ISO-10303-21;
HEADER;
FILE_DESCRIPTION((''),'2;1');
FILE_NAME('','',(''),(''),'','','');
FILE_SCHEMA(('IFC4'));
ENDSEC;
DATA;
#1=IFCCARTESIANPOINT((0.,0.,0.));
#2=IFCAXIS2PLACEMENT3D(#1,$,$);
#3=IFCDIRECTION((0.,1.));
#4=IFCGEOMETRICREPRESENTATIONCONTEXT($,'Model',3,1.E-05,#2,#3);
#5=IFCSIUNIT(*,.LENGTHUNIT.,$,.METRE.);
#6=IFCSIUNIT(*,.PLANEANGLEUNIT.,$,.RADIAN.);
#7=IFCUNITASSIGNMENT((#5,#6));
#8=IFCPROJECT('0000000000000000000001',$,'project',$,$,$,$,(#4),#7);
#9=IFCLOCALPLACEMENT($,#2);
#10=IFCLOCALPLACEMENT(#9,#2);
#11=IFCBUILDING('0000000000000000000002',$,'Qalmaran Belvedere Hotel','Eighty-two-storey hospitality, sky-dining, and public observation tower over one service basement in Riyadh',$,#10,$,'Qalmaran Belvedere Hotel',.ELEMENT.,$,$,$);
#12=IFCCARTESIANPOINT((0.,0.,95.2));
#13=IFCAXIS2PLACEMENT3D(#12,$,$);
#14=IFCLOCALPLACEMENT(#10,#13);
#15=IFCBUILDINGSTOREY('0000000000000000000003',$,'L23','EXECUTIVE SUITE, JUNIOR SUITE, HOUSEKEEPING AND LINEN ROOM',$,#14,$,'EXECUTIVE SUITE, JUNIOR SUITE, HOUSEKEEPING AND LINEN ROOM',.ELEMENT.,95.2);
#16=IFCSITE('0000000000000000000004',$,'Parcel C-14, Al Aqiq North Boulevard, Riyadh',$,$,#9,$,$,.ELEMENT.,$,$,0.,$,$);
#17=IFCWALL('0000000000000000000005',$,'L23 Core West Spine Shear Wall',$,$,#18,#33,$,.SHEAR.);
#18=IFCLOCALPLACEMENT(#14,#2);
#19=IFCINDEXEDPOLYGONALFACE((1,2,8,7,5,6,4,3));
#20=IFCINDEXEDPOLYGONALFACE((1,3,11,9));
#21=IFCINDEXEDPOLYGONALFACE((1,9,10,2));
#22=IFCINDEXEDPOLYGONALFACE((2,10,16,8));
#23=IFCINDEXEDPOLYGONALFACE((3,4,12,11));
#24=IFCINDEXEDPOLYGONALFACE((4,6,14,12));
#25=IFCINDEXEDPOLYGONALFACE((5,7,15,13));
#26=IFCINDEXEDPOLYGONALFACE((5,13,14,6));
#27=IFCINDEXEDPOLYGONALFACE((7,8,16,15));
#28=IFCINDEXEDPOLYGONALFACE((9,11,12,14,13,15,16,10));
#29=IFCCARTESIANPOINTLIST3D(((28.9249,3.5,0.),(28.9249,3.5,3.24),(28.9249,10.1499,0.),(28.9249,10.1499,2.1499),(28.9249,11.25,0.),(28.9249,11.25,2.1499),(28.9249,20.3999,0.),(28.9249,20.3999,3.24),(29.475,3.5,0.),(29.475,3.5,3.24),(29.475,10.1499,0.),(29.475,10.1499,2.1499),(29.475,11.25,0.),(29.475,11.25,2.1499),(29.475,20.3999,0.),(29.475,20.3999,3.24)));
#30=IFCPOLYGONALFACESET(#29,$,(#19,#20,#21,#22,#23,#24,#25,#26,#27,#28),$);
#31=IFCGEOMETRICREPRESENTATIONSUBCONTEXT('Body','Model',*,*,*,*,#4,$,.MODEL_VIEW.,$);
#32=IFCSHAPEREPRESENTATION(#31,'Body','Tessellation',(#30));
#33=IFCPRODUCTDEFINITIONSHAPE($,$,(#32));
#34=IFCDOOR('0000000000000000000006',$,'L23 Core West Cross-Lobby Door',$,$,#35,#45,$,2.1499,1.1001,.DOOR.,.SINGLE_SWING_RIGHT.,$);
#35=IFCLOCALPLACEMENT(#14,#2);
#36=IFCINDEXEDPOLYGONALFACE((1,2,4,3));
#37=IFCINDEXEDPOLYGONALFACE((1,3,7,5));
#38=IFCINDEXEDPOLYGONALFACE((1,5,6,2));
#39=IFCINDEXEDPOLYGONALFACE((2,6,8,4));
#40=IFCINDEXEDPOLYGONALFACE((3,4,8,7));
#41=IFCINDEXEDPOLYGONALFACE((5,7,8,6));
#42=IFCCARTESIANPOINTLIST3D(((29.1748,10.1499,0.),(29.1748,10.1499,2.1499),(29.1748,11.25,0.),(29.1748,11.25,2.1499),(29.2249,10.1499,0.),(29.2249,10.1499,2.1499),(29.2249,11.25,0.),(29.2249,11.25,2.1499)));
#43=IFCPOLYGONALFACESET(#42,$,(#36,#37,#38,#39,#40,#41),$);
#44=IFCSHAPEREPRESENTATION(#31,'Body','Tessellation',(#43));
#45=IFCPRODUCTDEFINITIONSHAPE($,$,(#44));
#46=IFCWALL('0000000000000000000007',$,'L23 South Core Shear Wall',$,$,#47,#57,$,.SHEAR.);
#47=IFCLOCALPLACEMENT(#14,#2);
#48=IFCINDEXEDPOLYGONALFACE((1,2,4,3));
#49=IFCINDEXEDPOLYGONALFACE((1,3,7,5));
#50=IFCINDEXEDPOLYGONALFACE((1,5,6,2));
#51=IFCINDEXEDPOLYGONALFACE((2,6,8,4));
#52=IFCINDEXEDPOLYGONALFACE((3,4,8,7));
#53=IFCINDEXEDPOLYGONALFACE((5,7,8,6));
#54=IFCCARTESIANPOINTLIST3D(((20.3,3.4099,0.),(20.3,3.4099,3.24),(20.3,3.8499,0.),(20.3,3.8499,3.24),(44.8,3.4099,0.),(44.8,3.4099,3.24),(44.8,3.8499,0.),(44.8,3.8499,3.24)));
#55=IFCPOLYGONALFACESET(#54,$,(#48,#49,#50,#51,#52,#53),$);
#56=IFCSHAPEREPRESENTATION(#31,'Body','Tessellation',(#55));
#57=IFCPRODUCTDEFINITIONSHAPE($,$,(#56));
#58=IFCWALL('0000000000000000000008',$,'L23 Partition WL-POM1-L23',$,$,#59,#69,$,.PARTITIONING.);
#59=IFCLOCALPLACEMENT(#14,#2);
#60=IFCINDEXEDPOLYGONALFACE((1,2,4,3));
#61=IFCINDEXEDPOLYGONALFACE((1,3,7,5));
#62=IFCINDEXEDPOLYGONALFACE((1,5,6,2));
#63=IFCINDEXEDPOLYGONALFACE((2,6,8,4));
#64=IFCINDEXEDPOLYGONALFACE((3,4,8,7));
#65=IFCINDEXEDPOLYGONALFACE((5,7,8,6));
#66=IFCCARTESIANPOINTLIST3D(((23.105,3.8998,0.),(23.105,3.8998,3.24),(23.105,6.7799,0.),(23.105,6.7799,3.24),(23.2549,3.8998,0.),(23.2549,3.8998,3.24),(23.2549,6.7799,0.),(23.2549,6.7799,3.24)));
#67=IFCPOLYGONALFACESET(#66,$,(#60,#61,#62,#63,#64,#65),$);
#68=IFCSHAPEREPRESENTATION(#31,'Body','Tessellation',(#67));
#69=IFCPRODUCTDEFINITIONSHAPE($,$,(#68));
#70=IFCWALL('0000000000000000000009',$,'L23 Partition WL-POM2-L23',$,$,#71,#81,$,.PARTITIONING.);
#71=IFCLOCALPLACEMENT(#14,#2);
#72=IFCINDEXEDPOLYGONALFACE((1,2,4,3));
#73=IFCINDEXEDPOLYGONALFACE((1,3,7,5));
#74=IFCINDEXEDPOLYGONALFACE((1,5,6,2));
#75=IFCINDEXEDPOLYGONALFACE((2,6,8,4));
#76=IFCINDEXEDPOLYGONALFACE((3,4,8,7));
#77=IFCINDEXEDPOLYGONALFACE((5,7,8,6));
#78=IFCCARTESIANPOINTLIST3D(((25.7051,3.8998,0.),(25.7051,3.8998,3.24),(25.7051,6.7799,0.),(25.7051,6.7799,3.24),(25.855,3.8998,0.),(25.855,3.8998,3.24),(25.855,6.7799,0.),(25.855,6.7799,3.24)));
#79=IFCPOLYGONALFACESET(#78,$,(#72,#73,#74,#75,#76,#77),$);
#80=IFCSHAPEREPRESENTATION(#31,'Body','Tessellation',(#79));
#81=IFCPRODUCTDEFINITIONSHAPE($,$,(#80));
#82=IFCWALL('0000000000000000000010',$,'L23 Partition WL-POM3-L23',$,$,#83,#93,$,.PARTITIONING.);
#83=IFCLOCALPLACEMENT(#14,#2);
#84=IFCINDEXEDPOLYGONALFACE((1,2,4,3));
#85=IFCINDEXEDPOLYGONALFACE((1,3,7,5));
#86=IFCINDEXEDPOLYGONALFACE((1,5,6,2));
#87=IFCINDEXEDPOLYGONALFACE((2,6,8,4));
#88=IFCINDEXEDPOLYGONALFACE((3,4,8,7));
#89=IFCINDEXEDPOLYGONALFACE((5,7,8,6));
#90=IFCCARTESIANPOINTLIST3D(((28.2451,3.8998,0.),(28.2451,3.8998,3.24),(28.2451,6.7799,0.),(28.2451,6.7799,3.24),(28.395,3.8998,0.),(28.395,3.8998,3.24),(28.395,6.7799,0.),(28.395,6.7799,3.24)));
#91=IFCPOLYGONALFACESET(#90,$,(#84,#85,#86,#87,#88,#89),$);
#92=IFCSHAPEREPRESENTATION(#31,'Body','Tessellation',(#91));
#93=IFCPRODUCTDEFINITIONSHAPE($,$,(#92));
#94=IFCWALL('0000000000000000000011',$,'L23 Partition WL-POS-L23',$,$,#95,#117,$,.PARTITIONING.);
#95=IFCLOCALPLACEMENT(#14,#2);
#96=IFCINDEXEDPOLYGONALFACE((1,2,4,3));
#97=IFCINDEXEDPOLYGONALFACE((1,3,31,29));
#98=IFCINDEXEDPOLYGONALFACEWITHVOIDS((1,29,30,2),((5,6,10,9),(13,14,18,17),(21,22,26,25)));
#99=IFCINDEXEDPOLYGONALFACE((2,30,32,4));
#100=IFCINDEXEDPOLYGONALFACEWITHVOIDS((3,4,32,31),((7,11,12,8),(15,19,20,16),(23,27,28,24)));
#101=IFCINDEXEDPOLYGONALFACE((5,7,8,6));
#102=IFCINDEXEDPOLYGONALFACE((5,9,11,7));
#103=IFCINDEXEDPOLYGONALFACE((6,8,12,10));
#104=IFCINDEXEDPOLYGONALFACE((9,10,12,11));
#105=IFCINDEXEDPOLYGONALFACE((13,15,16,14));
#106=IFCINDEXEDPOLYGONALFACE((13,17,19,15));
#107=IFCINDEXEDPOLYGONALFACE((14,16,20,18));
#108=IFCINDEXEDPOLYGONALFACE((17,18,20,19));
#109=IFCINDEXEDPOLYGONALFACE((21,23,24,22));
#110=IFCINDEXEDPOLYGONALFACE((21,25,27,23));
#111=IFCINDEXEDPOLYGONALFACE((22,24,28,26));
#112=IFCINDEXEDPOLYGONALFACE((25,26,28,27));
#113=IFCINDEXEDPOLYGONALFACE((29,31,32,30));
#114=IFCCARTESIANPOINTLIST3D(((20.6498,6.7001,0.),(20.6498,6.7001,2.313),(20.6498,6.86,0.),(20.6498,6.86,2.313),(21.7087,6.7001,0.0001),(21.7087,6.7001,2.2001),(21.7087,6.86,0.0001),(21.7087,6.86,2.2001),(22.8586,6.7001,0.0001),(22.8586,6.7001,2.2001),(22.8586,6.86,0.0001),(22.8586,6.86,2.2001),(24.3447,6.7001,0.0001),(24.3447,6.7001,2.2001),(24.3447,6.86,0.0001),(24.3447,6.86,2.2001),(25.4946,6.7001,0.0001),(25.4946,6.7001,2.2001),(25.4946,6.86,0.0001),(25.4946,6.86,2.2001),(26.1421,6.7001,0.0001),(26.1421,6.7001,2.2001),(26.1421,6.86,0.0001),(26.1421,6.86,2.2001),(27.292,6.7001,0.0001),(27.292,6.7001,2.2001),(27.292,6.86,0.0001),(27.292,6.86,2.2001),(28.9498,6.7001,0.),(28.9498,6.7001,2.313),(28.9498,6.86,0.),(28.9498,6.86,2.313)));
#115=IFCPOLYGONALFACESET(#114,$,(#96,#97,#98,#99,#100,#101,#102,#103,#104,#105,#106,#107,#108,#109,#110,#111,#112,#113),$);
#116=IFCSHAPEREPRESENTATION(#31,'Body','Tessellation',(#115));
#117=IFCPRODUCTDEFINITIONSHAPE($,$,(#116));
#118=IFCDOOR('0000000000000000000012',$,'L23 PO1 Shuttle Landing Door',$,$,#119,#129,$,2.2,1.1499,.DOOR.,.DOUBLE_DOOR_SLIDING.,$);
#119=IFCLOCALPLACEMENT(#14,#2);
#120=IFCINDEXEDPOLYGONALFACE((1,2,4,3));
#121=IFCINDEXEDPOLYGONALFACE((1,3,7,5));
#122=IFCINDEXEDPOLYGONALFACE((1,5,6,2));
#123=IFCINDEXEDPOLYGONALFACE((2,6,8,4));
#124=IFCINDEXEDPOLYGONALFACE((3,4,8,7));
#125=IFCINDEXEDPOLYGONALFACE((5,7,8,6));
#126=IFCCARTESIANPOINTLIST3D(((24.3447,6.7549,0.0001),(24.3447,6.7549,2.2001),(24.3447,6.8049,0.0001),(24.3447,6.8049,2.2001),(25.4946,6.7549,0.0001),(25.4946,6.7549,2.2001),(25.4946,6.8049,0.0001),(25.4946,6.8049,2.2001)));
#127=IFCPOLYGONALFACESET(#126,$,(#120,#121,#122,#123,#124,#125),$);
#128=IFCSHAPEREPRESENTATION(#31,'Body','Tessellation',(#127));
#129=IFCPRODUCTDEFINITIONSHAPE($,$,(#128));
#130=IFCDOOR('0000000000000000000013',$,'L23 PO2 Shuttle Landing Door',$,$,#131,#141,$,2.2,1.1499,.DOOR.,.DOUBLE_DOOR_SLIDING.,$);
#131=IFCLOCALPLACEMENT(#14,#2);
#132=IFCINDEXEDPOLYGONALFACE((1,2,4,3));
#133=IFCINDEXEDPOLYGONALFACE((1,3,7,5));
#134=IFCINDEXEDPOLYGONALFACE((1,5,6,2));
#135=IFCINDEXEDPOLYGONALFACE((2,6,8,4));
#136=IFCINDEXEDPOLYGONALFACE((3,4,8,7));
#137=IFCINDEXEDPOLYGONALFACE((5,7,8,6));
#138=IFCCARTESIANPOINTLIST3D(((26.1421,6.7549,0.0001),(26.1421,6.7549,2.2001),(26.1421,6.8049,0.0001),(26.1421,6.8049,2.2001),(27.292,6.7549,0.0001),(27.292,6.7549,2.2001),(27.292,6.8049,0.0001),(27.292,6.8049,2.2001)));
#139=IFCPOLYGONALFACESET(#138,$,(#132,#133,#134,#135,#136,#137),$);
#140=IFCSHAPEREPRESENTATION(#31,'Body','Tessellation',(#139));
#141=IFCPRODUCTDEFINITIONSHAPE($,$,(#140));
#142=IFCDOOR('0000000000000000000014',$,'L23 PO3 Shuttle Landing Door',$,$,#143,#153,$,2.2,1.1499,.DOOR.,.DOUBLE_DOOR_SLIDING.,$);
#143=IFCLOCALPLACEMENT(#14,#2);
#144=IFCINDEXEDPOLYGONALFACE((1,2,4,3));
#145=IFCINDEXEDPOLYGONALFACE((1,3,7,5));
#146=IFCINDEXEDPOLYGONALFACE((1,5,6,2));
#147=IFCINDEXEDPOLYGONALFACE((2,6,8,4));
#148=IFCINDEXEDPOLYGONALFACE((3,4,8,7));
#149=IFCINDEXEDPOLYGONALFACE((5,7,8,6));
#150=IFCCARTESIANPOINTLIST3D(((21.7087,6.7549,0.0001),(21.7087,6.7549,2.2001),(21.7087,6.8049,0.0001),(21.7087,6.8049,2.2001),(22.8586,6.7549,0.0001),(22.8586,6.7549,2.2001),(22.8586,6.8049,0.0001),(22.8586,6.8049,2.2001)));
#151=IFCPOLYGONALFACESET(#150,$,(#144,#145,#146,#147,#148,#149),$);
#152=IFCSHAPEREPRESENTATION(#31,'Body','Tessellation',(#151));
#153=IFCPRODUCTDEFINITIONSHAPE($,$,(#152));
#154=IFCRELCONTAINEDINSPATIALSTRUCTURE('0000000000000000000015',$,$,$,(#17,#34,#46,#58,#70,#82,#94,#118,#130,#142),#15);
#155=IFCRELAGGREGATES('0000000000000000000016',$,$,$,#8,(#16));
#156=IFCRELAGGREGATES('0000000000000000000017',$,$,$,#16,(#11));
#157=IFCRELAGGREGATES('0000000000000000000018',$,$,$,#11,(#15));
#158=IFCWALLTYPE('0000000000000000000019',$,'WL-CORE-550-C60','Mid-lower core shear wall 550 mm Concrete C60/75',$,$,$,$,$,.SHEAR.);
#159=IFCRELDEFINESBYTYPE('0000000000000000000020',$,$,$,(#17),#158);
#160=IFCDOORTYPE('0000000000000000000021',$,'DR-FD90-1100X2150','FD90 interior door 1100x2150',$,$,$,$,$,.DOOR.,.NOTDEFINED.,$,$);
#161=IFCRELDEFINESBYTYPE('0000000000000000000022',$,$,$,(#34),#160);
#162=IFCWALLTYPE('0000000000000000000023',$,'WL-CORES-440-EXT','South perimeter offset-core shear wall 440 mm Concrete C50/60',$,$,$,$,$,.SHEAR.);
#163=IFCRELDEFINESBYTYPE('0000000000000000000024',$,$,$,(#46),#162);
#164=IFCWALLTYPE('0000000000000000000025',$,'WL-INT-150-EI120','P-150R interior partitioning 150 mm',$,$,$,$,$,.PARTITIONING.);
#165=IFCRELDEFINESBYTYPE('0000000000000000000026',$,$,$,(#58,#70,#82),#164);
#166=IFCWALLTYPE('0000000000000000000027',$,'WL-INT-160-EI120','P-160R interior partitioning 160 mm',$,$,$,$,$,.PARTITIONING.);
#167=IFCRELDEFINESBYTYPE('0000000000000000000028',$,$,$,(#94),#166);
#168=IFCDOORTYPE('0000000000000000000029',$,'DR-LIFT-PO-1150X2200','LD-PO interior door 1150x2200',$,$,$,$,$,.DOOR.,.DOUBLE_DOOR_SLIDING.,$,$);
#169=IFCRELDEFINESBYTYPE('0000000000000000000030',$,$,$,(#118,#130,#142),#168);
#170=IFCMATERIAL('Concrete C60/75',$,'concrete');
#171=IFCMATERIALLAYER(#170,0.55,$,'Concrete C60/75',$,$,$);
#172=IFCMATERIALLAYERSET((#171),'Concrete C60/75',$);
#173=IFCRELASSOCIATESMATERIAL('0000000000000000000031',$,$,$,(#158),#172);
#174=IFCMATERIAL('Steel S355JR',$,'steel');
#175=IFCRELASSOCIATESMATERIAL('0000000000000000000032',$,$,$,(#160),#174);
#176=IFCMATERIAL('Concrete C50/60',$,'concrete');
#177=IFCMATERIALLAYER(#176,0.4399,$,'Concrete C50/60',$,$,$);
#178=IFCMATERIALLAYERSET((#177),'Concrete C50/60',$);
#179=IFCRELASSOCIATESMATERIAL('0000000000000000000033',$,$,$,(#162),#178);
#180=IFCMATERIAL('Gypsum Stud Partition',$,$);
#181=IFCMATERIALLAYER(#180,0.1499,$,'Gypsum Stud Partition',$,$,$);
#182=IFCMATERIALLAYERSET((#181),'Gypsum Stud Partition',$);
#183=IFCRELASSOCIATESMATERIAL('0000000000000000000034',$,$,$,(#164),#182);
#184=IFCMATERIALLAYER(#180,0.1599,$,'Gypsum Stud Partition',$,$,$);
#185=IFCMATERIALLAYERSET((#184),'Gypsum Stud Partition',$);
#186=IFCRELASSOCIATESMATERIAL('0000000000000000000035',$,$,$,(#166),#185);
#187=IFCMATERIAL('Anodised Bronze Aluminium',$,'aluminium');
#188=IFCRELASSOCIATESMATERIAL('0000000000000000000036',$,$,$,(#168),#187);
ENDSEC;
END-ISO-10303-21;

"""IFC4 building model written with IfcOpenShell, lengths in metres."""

from ifc_helpers import new_model, si_unit, direction, frame, frame_2d, origin, place, context, subcontext, project, spatial, rectangle, extrude, material, layer, layer_set, type_object, element, fill, save


model = new_model("IFC4")

# Units and contexts
model_context = context("Model", 3, precision=1e-05, world=origin(), true_north=direction((0.0, 1.0)))
body_context = subcontext(model_context, "Body", "Model", "MODEL_VIEW")
ifc_project = project(units=[si_unit("LENGTHUNIT", "METRE"), si_unit("PLANEANGLEUNIT", "RADIAN")], contexts=[model_context])

# Site, building, storey
site_placement = place(None, origin())
site = spatial("IfcSite", under=ifc_project, at=site_placement, Name="Parcel C-14, Al Aqiq North Boulevard, Riyadh", CompositionType="ELEMENT", RefElevation=0.0)
building_placement = place(site_placement, origin())
building = spatial("IfcBuilding", under=site, at=building_placement, Name="Qalmaran Belvedere Hotel", Description="Eighty-two-storey hospitality, sky-dining, and public observation tower over one service basement in Riyadh", LongName="Qalmaran Belvedere Hotel", CompositionType="ELEMENT")
storey_placement = place(building_placement, frame((0.0, 0.0, 95.2)))
storey = spatial("IfcBuildingStorey", under=building, at=storey_placement, Name="L23", Description="EXECUTIVE SUITE, JUNIOR SUITE, HOUSEKEEPING AND LINEN ROOM", LongName="EXECUTIVE SUITE, JUNIOR SUITE, HOUSEKEEPING AND LINEN ROOM", CompositionType="ELEMENT", Elevation=95.2)

# Shared definitions
ifc_material_1 = material(Name="Concrete C60/75", Category="concrete")

# Shared definitions
ifc_material_2 = material(Name="Steel S355JR", Category="steel")

# Shared definitions
ifc_material_3 = material(Name="Anodised Bronze Aluminium", Category="aluminium")

# Shared definitions
ifc_layer_1 = layer(ifc_material_1, 0.55, Name="Concrete C60/75")
ifc_layer_set_1 = layer_set([ifc_layer_1], Name="Concrete C60/75")
wall_type_1 = type_object("IfcWallType", Name="WL-CORE-550-C60", Description="Mid-lower core shear wall 550 mm Concrete C60/75", PredefinedType="SHEAR", material=ifc_layer_set_1)

# Wall, opening, door
wall_1_placement = place(storey_placement, frame((29.2, 3.5, 0.0), z_axis=(0.0, 0.0, 1.0), x_axis=(0.0, 1.0, 0.0)))
wall_1 = element("IfcWall", 1, at=wall_1_placement, inside=storey, type_object=wall_type_1, Name="L23 Core West Spine Shear Wall", PredefinedType="SHEAR", context=body_context, shape_type="SweptSolid", body=[
    extrude(rectangle(XDim=16.8999, YDim=0.55, at=frame_2d((8.45, 0.0))), origin(), (0.0, 0.0, 1.0), 3.24),
])
opening_1_placement = place(wall_1_placement, frame((7.75, 0.0, 0.0), z_axis=(0.0, 0.0, 1.0), x_axis=(-1.0, 0.0, 0.0)))
opening_1 = element("IfcOpeningElement", 2, at=opening_1_placement, cuts=wall_1, PredefinedType="OPENING", context=body_context, shape_type="SweptSolid", body=[
    extrude(rectangle(XDim=1.1001, YDim=2.1499, at=frame_2d((0.55, 1.075))), frame((0.0, 0.2852, 0.0), z_axis=(0.0, -1.0, 0.0), x_axis=(1.0, 0.0, 0.0)), (0.0, 0.0, 1.0), 0.5701),
])
door_type_1 = type_object("IfcDoorType", Name="DR-FD90-1100X2150", Description="FD90 interior door 1100x2150", OperationType="NOTDEFINED", PredefinedType="DOOR", material=ifc_material_2)
door_1_placement = place(opening_1_placement, origin())
door_1 = element("IfcDoor", 3, at=door_1_placement, inside=storey, type_object=door_type_1, Name="L23 Core West Cross-Lobby Door", OperationType="SINGLE_SWING_RIGHT", OverallHeight=2.1499, OverallWidth=1.1001, PredefinedType="DOOR", context=body_context, shape_type="SweptSolid", body=[
    extrude(rectangle(XDim=1.1001, YDim=2.1499, at=frame_2d((0.55, 1.075))), frame((0.0, 0.0249, 0.0), z_axis=(0.0, -1.0, 0.0), x_axis=(1.0, 0.0, 0.0)), (0.0, 0.0, 1.0), 0.05),
])
fill(opening_1, door_1)

# Walls
ifc_material_4 = material(Name="Concrete C50/60", Category="concrete")
ifc_layer_2 = layer(ifc_material_4, 0.4399, Name="Concrete C50/60")
ifc_layer_set_2 = layer_set([ifc_layer_2], Name="Concrete C50/60")
wall_type_2 = type_object("IfcWallType", Name="WL-CORES-440-EXT", Description="South perimeter offset-core shear wall 440 mm Concrete C50/60", PredefinedType="SHEAR", material=ifc_layer_set_2)
wall_2_placement = place(storey_placement, frame((20.3, 3.6299, 0.0), z_axis=(0.0, 0.0, 1.0), x_axis=(1.0, 0.0, 0.0)))
element("IfcWall", 4, at=wall_2_placement, inside=storey, type_object=wall_type_2, Name="L23 South Core Shear Wall", PredefinedType="SHEAR", context=body_context, shape_type="SweptSolid", body=[
    extrude(rectangle(XDim=24.5, YDim=0.4399, at=frame_2d((12.25, 0.0))), origin(), (0.0, 0.0, 1.0), 3.24),
])
ifc_material_5 = material(Name="Gypsum Stud Partition")
ifc_layer_3 = layer(ifc_material_5, 0.1499, Name="Gypsum Stud Partition")
ifc_layer_set_3 = layer_set([ifc_layer_3], Name="Gypsum Stud Partition")
wall_type_3 = type_object("IfcWallType", Name="WL-INT-150-EI120", Description="P-150R interior partitioning 150 mm", PredefinedType="PARTITIONING", material=ifc_layer_set_3)
for number, where, z_axis, x_axis, name in (
    (5, (23.1799, 3.8999, 0.0), (0.0, 0.0, 1.0), (0.0, 1.0, 0.0), "L23 Partition WL-POM1-L23"),
    (6, (25.78, 3.8999, 0.0), (0.0, 0.0, 1.0), (0.0, 1.0, 0.0), "L23 Partition WL-POM2-L23"),
    (7, (28.3201, 3.8999, 0.0), (0.0, 0.0, 1.0), (0.0, 1.0, 0.0), "L23 Partition WL-POM3-L23"),
):
    element("IfcWall", number, at=place(storey_placement, frame(where, z_axis=z_axis, x_axis=x_axis)), inside=storey, type_object=wall_type_3, Name=name, PredefinedType="PARTITIONING", context=body_context, shape_type="SweptSolid", body=[
        extrude(rectangle(XDim=2.8801, YDim=0.1499, at=frame_2d((1.4399, 0.0))), origin(), (0.0, 0.0, 1.0), 3.24),
    ])

# Wall, openings, doors
ifc_layer_4 = layer(ifc_material_5, 0.1599, Name="Gypsum Stud Partition")
ifc_layer_set_4 = layer_set([ifc_layer_4], Name="Gypsum Stud Partition")
wall_type_4 = type_object("IfcWallType", Name="WL-INT-160-EI120", Description="P-160R interior partitioning 160 mm", PredefinedType="PARTITIONING", material=ifc_layer_set_4)
wall_3_placement = place(storey_placement, frame((20.6499, 6.78, 0.0), z_axis=(0.0, 0.0, 1.0), x_axis=(1.0, 0.0, 0.0)))
wall_3 = element("IfcWall", 8, at=wall_3_placement, inside=storey, type_object=wall_type_4, Name="L23 Partition WL-POS-L23", PredefinedType="PARTITIONING", context=body_context, shape_type="SweptSolid", body=[
    extrude(rectangle(XDim=8.3, YDim=0.1599, at=frame_2d((4.1499, 0.0))), origin(), (0.0, 0.0, 1.0), 2.313),
])
opening_2_placement = place(wall_3_placement, frame((3.6948, 0.0, 0.0)))
opening_2 = element("IfcOpeningElement", 9, at=opening_2_placement, cuts=wall_3, PredefinedType="OPENING", context=body_context, shape_type="SweptSolid", body=[
    extrude(rectangle(XDim=1.1499, YDim=2.2, at=frame_2d((0.575, 1.1001))), frame((0.0, 0.0898, 0.0), z_axis=(0.0, -1.0, 0.0), x_axis=(1.0, 0.0, 0.0)), (0.0, 0.0, 1.0), 0.1799),
])
opening_3_placement = place(wall_3_placement, frame((5.4922, 0.0, 0.0)))
opening_3 = element("IfcOpeningElement", 10, at=opening_3_placement, cuts=wall_3, PredefinedType="OPENING", context=body_context, shape_type="SweptSolid", body=[
    extrude(rectangle(XDim=1.1499, YDim=2.2, at=frame_2d((0.575, 1.1001))), frame((0.0, 0.0898, 0.0), z_axis=(0.0, -1.0, 0.0), x_axis=(1.0, 0.0, 0.0)), (0.0, 0.0, 1.0), 0.1799),
])
opening_4_placement = place(wall_3_placement, frame((1.0588, 0.0, 0.0)))
opening_4 = element("IfcOpeningElement", 11, at=opening_4_placement, cuts=wall_3, PredefinedType="OPENING", context=body_context, shape_type="SweptSolid", body=[
    extrude(rectangle(XDim=1.1499, YDim=2.2, at=frame_2d((0.575, 1.1001))), frame((0.0, 0.0898, 0.0), z_axis=(0.0, -1.0, 0.0), x_axis=(1.0, 0.0, 0.0)), (0.0, 0.0, 1.0), 0.1799),
])
door_type_2 = type_object("IfcDoorType", Name="DR-LIFT-PO-1150X2200", Description="LD-PO interior door 1150x2200", OperationType="DOUBLE_DOOR_SLIDING", PredefinedType="DOOR", material=ifc_material_3)
door_2_placement = place(opening_2_placement, origin())
door_2 = element("IfcDoor", 12, at=door_2_placement, inside=storey, type_object=door_type_2, Name="L23 PO1 Shuttle Landing Door", OperationType="DOUBLE_DOOR_SLIDING", OverallHeight=2.2, OverallWidth=1.1499, PredefinedType="DOOR", context=body_context, shape_type="SweptSolid", body=[
    extrude(rectangle(XDim=1.1499, YDim=2.2, at=frame_2d((0.575, 1.1001))), frame((0.0, 0.0249, 0.0), z_axis=(0.0, -1.0, 0.0), x_axis=(1.0, 0.0, 0.0)), (0.0, 0.0, 1.0), 0.05),
])
fill(opening_2, door_2)
door_3_placement = place(opening_3_placement, origin())
door_3 = element("IfcDoor", 13, at=door_3_placement, inside=storey, type_object=door_type_2, Name="L23 PO2 Shuttle Landing Door", OperationType="DOUBLE_DOOR_SLIDING", OverallHeight=2.2, OverallWidth=1.1499, PredefinedType="DOOR", context=body_context, shape_type="SweptSolid", body=[
    extrude(rectangle(XDim=1.1499, YDim=2.2, at=frame_2d((0.575, 1.1001))), frame((0.0, 0.0249, 0.0), z_axis=(0.0, -1.0, 0.0), x_axis=(1.0, 0.0, 0.0)), (0.0, 0.0, 1.0), 0.05),
])
fill(opening_3, door_3)
door_4_placement = place(opening_4_placement, origin())
door_4 = element("IfcDoor", 14, at=door_4_placement, inside=storey, type_object=door_type_2, Name="L23 PO3 Shuttle Landing Door", OperationType="DOUBLE_DOOR_SLIDING", OverallHeight=2.2, OverallWidth=1.1499, PredefinedType="DOOR", context=body_context, shape_type="SweptSolid", body=[
    extrude(rectangle(XDim=1.1499, YDim=2.2, at=frame_2d((0.575, 1.1001))), frame((0.0, 0.0249, 0.0), z_axis=(0.0, -1.0, 0.0), x_axis=(1.0, 0.0, 0.0)), (0.0, 0.0, 1.0), 0.05),
])
fill(opening_4, door_4)

save(model, "model.ifc")
